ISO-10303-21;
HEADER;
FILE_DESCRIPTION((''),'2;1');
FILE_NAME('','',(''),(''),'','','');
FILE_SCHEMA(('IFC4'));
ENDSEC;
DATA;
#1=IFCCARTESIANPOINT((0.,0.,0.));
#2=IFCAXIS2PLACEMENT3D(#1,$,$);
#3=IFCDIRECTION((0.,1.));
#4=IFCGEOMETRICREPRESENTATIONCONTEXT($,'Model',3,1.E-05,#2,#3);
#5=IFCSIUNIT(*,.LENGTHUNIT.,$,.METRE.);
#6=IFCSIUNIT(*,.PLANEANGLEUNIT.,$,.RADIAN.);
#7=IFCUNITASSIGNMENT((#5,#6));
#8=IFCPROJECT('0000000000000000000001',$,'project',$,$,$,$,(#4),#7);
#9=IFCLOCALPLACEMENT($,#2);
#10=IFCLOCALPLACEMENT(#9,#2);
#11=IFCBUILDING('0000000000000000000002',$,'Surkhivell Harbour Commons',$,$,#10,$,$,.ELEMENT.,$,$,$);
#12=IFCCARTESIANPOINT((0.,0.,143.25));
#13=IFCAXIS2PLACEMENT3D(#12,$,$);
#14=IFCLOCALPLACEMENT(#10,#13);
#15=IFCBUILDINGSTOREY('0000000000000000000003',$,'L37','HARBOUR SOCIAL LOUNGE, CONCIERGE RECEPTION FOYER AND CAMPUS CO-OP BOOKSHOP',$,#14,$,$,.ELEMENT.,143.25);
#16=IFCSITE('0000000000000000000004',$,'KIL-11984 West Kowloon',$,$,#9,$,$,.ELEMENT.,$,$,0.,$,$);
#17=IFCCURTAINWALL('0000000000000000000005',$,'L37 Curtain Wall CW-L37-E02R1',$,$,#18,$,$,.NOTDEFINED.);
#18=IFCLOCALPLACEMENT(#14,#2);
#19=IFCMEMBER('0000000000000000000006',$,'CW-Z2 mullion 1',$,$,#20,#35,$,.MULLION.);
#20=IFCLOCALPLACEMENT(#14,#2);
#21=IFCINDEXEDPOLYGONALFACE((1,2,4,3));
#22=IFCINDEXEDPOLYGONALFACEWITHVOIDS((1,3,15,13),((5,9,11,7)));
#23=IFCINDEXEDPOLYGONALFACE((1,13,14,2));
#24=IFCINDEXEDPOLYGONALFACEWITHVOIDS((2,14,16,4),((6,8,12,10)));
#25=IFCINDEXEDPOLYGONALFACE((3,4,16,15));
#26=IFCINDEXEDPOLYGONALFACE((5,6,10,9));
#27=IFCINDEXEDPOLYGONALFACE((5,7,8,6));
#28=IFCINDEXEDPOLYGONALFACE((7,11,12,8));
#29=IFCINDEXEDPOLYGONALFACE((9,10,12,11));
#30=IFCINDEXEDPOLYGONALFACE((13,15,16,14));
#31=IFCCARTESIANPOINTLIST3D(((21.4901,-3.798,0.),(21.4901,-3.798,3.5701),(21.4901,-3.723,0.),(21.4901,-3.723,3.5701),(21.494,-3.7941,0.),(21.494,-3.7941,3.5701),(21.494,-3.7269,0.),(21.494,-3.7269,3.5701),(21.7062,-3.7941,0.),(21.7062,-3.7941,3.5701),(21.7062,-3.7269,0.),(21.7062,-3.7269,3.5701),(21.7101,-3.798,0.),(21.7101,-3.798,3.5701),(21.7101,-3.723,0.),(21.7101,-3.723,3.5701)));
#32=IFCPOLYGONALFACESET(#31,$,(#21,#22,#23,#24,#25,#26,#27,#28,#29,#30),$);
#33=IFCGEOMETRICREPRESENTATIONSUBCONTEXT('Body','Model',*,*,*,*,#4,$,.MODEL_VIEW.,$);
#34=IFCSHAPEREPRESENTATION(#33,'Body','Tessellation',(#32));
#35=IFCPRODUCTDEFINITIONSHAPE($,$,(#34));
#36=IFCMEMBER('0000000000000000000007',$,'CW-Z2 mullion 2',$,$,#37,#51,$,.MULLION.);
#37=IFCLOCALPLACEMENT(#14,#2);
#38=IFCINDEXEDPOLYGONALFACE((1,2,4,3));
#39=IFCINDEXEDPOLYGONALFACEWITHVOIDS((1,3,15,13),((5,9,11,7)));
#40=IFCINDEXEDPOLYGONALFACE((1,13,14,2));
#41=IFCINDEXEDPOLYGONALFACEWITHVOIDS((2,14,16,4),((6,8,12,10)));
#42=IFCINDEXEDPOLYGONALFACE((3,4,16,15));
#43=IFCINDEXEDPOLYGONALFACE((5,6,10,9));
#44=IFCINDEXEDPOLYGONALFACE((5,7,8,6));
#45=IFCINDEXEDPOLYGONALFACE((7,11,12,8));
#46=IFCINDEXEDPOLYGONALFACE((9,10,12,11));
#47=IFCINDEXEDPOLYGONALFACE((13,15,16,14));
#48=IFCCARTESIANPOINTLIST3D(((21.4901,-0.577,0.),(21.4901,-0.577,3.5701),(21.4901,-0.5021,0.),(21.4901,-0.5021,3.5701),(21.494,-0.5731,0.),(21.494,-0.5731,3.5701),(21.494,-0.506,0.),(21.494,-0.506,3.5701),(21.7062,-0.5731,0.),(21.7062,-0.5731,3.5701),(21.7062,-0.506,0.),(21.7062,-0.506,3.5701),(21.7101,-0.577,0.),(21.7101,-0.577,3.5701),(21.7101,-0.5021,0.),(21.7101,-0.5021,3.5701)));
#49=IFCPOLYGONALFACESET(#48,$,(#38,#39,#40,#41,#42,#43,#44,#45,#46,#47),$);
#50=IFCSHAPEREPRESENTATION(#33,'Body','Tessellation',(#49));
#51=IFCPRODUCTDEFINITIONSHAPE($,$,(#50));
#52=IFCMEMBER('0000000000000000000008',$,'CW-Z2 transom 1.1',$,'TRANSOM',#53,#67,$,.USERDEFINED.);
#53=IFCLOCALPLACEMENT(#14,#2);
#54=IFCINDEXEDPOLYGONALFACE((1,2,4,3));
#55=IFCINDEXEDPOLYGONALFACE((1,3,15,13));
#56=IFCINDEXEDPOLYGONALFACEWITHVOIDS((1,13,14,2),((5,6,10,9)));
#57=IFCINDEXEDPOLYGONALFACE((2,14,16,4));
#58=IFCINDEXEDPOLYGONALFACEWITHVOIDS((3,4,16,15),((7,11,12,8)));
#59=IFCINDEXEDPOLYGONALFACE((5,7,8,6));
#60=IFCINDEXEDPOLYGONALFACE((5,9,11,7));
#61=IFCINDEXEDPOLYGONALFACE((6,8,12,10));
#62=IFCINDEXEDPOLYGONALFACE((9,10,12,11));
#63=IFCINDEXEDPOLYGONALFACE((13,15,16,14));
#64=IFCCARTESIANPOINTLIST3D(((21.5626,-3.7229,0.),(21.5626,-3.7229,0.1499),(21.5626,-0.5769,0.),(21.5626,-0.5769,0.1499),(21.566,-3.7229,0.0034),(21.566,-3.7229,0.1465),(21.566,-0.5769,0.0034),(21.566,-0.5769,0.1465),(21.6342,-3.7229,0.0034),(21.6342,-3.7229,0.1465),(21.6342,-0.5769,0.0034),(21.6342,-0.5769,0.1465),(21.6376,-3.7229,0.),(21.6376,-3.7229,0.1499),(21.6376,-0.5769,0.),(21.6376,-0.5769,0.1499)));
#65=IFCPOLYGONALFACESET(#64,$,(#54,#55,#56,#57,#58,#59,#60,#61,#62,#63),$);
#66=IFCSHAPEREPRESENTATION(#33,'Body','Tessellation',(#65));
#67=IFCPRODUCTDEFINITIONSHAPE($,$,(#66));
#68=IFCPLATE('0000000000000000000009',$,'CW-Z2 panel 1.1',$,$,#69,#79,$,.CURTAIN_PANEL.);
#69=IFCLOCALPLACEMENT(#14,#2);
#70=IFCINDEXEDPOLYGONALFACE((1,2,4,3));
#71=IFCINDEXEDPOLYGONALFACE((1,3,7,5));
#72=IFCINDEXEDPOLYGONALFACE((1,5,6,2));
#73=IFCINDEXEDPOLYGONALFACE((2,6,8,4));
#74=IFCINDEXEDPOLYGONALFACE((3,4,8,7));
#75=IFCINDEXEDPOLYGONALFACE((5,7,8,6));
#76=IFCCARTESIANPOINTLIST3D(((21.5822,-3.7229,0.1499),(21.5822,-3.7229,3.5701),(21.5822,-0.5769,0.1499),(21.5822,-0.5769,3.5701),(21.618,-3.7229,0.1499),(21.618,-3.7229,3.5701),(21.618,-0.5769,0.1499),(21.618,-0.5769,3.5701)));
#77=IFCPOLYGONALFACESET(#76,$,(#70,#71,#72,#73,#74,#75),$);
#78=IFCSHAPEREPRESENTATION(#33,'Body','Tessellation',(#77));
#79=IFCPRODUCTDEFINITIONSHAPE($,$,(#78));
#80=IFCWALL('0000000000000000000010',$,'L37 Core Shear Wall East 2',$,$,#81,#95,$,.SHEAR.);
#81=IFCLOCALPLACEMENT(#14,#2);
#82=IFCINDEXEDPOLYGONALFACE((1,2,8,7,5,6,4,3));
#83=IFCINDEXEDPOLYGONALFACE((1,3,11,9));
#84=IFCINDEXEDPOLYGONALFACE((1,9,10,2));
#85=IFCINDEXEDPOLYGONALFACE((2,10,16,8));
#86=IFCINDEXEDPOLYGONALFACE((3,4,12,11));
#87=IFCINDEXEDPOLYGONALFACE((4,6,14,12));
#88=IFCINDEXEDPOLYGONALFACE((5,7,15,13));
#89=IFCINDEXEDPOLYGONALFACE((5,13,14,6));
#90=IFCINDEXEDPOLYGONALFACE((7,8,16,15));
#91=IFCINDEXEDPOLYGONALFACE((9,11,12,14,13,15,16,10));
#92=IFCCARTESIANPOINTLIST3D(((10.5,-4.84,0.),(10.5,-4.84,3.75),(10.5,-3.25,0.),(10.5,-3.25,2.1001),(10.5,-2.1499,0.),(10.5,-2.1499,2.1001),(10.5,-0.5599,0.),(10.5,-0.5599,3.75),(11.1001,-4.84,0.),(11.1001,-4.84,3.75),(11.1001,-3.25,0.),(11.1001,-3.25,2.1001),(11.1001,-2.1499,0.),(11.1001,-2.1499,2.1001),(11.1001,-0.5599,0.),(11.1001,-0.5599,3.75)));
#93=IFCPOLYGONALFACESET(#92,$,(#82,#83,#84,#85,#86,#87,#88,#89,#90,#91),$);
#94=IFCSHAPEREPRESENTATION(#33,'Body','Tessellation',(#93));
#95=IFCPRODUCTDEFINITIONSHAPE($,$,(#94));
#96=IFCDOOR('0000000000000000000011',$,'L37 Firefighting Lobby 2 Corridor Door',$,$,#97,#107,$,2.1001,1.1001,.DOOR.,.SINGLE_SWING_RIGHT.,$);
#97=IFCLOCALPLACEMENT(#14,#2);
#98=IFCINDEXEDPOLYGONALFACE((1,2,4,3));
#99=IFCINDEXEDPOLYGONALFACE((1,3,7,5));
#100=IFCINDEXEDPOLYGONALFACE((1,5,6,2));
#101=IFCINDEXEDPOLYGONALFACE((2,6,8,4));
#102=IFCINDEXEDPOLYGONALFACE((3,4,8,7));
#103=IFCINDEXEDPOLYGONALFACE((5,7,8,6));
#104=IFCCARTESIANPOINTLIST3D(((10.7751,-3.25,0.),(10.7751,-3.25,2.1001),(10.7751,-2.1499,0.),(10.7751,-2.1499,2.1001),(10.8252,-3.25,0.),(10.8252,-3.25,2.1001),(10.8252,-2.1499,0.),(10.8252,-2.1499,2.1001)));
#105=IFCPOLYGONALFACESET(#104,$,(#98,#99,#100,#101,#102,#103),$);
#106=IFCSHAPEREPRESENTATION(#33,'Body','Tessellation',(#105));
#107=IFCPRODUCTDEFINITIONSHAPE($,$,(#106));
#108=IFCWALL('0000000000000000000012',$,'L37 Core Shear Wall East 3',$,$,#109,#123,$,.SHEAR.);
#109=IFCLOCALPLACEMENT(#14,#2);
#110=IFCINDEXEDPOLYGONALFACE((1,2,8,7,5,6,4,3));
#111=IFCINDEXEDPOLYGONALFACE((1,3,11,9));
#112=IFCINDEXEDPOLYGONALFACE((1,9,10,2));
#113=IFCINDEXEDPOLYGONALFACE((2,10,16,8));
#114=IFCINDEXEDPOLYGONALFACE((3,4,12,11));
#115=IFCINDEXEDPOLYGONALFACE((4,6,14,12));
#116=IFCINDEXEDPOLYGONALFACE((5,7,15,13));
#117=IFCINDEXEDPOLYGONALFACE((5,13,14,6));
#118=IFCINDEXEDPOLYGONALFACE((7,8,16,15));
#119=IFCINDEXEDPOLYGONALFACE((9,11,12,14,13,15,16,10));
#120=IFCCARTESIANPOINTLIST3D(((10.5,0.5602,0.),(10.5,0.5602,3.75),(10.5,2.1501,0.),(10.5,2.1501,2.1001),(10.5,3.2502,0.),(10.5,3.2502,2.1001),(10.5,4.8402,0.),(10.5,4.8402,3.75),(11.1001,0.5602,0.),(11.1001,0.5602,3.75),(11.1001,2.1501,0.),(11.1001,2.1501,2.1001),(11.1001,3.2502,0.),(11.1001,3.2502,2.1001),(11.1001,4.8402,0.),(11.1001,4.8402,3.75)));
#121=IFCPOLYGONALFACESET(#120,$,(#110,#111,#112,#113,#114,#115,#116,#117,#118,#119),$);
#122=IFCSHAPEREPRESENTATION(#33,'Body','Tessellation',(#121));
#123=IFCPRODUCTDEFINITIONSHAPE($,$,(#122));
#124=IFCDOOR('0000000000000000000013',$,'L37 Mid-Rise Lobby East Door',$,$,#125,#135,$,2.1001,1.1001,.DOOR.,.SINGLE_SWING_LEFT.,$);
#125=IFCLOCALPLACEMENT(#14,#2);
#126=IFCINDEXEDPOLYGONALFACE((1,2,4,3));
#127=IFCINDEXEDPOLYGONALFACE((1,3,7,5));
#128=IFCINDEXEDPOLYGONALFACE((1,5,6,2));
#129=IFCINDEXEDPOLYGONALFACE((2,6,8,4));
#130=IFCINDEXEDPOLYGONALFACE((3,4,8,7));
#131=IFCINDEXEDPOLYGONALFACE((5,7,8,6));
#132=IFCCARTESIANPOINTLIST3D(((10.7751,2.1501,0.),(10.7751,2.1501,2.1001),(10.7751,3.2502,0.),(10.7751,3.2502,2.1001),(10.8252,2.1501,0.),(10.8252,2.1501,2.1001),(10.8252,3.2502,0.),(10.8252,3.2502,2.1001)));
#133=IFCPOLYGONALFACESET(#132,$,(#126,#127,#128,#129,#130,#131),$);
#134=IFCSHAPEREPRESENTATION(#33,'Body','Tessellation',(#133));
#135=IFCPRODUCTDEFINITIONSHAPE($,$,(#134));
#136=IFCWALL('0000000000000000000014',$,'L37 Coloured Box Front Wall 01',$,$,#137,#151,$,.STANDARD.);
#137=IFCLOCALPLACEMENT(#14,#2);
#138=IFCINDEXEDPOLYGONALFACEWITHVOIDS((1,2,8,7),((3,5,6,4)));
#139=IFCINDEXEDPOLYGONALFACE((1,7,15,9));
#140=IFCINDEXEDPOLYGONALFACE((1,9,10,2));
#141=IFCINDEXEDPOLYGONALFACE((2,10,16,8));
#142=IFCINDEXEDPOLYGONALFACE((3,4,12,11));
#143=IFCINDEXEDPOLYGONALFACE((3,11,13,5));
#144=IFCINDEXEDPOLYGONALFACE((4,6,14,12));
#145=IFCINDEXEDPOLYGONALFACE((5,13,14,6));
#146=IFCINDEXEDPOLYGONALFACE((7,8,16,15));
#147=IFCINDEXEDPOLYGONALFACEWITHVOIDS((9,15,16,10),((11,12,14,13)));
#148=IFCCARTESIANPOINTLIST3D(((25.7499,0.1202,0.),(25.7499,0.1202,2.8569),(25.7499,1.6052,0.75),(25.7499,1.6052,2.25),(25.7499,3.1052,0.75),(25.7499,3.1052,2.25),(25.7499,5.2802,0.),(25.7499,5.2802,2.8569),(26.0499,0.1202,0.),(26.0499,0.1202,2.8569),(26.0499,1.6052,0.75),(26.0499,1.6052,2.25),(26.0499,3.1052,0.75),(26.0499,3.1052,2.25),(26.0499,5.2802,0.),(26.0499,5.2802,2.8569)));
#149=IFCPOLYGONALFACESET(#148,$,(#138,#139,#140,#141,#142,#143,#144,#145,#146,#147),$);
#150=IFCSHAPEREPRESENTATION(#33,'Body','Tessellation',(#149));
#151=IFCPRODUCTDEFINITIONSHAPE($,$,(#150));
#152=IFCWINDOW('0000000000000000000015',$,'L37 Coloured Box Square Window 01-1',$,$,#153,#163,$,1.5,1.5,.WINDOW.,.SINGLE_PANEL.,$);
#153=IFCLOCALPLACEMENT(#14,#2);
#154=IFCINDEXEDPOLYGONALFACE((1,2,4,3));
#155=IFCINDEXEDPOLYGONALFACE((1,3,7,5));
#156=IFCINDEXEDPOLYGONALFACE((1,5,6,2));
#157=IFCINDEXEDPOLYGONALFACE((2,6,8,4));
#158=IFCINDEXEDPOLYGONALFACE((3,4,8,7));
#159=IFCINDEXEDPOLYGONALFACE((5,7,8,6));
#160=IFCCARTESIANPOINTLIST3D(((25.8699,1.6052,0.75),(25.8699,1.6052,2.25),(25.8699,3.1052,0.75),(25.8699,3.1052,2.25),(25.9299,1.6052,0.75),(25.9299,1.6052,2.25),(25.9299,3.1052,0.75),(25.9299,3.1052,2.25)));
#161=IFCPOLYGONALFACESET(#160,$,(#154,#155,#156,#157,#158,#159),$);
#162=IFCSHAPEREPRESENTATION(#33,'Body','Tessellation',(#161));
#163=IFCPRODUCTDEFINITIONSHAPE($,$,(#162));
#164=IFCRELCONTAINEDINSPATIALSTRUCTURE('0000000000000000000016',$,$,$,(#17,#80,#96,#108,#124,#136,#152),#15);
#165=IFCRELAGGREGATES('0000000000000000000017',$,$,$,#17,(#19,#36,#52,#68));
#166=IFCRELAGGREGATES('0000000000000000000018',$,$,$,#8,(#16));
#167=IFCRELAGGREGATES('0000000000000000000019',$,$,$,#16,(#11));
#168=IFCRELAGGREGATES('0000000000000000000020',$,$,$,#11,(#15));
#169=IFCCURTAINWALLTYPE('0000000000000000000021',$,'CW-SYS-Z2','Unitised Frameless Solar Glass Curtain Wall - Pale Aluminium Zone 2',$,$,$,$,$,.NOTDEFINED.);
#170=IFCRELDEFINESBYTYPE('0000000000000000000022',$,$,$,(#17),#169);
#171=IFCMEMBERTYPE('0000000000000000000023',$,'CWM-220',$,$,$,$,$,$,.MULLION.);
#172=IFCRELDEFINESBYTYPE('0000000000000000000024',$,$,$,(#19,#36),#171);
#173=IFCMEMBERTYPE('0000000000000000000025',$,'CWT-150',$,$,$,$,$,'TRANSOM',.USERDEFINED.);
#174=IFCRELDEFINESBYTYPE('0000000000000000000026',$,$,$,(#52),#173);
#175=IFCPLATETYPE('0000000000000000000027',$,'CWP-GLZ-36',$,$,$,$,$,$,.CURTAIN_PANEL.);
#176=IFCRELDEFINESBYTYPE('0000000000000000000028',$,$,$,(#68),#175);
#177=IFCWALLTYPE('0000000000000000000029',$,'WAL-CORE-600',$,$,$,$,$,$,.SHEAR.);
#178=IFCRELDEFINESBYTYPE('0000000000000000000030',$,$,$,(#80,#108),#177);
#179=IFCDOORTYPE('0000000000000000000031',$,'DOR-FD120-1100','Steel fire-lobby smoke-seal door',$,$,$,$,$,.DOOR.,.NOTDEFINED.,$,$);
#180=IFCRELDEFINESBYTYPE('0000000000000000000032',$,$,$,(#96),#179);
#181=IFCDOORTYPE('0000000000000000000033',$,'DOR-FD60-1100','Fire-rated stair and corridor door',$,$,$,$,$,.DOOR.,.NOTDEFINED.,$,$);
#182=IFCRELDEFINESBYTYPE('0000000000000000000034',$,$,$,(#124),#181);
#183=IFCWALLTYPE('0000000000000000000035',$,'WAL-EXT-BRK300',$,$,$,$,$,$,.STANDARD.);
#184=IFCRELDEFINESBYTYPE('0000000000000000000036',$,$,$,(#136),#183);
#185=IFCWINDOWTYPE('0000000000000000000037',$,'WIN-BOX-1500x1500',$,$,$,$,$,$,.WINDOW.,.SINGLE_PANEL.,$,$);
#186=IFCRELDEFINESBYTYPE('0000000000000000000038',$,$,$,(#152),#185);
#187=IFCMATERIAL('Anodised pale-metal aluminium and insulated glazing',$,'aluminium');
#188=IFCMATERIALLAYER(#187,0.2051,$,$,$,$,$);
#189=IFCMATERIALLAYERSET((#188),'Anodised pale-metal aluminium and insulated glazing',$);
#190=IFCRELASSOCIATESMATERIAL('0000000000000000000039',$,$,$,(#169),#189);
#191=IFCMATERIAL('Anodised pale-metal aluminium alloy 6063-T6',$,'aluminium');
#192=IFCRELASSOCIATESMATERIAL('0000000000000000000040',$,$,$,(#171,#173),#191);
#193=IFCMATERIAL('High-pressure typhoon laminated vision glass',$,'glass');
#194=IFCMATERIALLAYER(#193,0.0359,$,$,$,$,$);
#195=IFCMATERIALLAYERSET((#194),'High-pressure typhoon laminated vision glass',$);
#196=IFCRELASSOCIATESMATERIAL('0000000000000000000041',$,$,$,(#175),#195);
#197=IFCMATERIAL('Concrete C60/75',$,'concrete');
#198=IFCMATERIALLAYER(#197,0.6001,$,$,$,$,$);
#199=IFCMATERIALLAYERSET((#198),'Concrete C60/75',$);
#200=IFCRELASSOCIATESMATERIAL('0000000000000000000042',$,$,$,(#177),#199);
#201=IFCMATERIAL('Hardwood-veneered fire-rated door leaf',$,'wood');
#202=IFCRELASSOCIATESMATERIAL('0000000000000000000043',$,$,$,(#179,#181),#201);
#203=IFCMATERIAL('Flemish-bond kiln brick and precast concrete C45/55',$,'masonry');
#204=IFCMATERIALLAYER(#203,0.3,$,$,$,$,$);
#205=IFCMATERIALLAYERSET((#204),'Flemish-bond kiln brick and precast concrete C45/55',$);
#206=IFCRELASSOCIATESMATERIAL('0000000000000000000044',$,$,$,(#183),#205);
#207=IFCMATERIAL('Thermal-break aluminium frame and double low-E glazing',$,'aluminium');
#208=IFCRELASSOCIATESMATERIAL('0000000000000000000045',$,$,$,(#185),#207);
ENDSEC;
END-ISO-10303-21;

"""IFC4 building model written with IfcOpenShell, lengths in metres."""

from ifc_helpers import new_model, si_unit, direction, frame, frame_2d, origin, origin_2d, place, context, subcontext, project, spatial, rectangle, hollow_rectangle, extrude, material, layer, layer_set, material_profile, profile_set, type_object, element, fill, aggregate, save


model = new_model("IFC4")

# Units and contexts
model_context = context("Model", 3, precision=1e-05, world=origin(), true_north=direction((0.0, 1.0)))
body_context = subcontext(model_context, "Body", "Model", "MODEL_VIEW")
ifc_project = project(units=[si_unit("LENGTHUNIT", "METRE"), si_unit("PLANEANGLEUNIT", "RADIAN")], contexts=[model_context])

# Site, building, storey
site_placement = place(None, origin())
site = spatial("IfcSite", under=ifc_project, at=site_placement, Name="KIL-11984 West Kowloon", CompositionType="ELEMENT", RefElevation=0.0)
building_placement = place(site_placement, origin())
building = spatial("IfcBuilding", under=site, at=building_placement, Name="Surkhivell Harbour Commons", CompositionType="ELEMENT")
storey_placement = place(building_placement, frame((0.0, 0.0, 143.25)))
storey = spatial("IfcBuildingStorey", under=building, at=storey_placement, Name="L37", Description="HARBOUR SOCIAL LOUNGE, CONCIERGE RECEPTION FOYER AND CAMPUS CO-OP BOOKSHOP", CompositionType="ELEMENT", Elevation=143.25)

# Shared definitions
ifc_material_1 = material(Name="Concrete C60/75", Category="concrete")

# Shared definitions
ifc_material_2 = material(Name="Anodised pale-metal aluminium and insulated glazing", Category="aluminium")
ifc_layer_1 = layer(ifc_material_2, 0.2051)
ifc_layer_set_1 = layer_set([ifc_layer_1], Name="Anodised pale-metal aluminium and insulated glazing")
curtain_wall_type = type_object("IfcCurtainWallType", Name="CW-SYS-Z2", Description="Unitised Frameless Solar Glass Curtain Wall - Pale Aluminium Zone 2", PredefinedType="NOTDEFINED", material=ifc_layer_set_1)
ifc_material_3 = material(Name="Anodised pale-metal aluminium alloy 6063-T6", Category="aluminium")
ifc_material_profile_1 = material_profile(ifc_material_3, hollow_rectangle(XDim=0.075, YDim=0.22, WallThickness=0.0039, at=origin_2d()), Name="ALU-MULL-75x220")
ifc_profile_set_1 = profile_set([ifc_material_profile_1], Name="Anodised pale-metal aluminium alloy 6063-T6")
member_type_1 = type_object("IfcMemberType", Name="CWM-220", PredefinedType="MULLION", material=ifc_profile_set_1)

# Curtain wall, members, plate
curtain_wall_1_placement = place(storey_placement, origin())
curtain_wall_1 = element("IfcCurtainWall", 1, at=curtain_wall_1_placement, inside=storey, type_object=curtain_wall_type, Name="L37 Curtain Wall CW-L37-E02R1", PredefinedType="NOTDEFINED")
member_1_placement = place(storey_placement, frame((21.6001, -3.7605, 0.0), z_axis=(0.0, 0.0, 1.0), x_axis=(0.0, 1.0, 0.0)))
member_1 = element("IfcMember", 2, at=member_1_placement, type_object=member_type_1, Name="CW-Z2 mullion 1", PredefinedType="MULLION", context=body_context, shape_type="SweptSolid", body=[
    extrude(hollow_rectangle(XDim=0.075, YDim=0.22, WallThickness=0.0039, at=origin_2d()), origin(), (0.0, 0.0, 1.0), 3.5701),
])
member_2_placement = place(storey_placement, frame((21.6001, -0.5396, 0.0), z_axis=(0.0, 0.0, 1.0), x_axis=(0.0, 1.0, 0.0)))
member_2 = element("IfcMember", 3, at=member_2_placement, type_object=member_type_1, Name="CW-Z2 mullion 2", PredefinedType="MULLION", context=body_context, shape_type="SweptSolid", body=[
    extrude(hollow_rectangle(XDim=0.075, YDim=0.22, WallThickness=0.0039, at=origin_2d()), origin(), (0.0, 0.0, 1.0), 3.5701),
])
ifc_material_profile_2 = material_profile(ifc_material_3, hollow_rectangle(XDim=0.075, YDim=0.1499, WallThickness=0.0034, at=origin_2d()), Name="ALU-TRAN-75x150")
ifc_profile_set_2 = profile_set([ifc_material_profile_2], Name="Anodised pale-metal aluminium alloy 6063-T6")
member_type_2 = type_object("IfcMemberType", Name="CWT-150", ElementType="TRANSOM", PredefinedType="USERDEFINED", material=ifc_profile_set_2)
member_3_placement = place(storey_placement, frame((21.6001, -3.7229, 0.075), z_axis=(0.0, 1.0, 0.0), x_axis=(-1.0, 0.0, 0.0)))
member_3 = element("IfcMember", 4, at=member_3_placement, type_object=member_type_2, Name="CW-Z2 transom 1.1", ObjectType="TRANSOM", PredefinedType="USERDEFINED", context=body_context, shape_type="SweptSolid", body=[
    extrude(hollow_rectangle(XDim=0.075, YDim=0.1499, WallThickness=0.0034, at=origin_2d()), origin(), (0.0, 0.0, 1.0), 3.146),
])
ifc_material_4 = material(Name="High-pressure typhoon laminated vision glass", Category="glass")
ifc_layer_2 = layer(ifc_material_4, 0.0359)
ifc_layer_set_2 = layer_set([ifc_layer_2], Name="High-pressure typhoon laminated vision glass")
plate_type = type_object("IfcPlateType", Name="CWP-GLZ-36", PredefinedType="CURTAIN_PANEL", material=ifc_layer_set_2)
plate_placement = place(storey_placement, frame((21.6001, -3.7229, 0.1499), z_axis=(0.0, 0.0, 1.0), x_axis=(0.0, 1.0, 0.0)))
plate = element("IfcPlate", 5, at=plate_placement, type_object=plate_type, Name="CW-Z2 panel 1.1", PredefinedType="CURTAIN_PANEL", context=body_context, shape_type="SweptSolid", body=[
    extrude(rectangle(XDim=3.146, YDim=0.0359, at=frame_2d((1.573, 0.0))), origin(), (0.0, 0.0, 1.0), 3.4202),
])
aggregate(curtain_wall_1, [member_1, member_2, member_3, plate])

# Walls, openings, doors
ifc_layer_3 = layer(ifc_material_1, 0.6001)
ifc_layer_set_3 = layer_set([ifc_layer_3], Name="Concrete C60/75")
wall_type_1 = type_object("IfcWallType", Name="WAL-CORE-600", PredefinedType="SHEAR", material=ifc_layer_set_3)
wall_1_placement = place(storey_placement, frame((10.8, -4.8401, 0.0), z_axis=(0.0, 0.0, 1.0), x_axis=(0.0, 1.0, 0.0)))
wall_1 = element("IfcWall", 6, at=wall_1_placement, inside=storey, type_object=wall_type_1, Name="L37 Core Shear Wall East 2", PredefinedType="SHEAR", context=body_context, shape_type="SweptSolid", body=[
    extrude(rectangle(XDim=4.28, YDim=0.6001, at=frame_2d((2.1401, 0.0))), origin(), (0.0, 0.0, 1.0), 3.75),
])
opening_1_placement = place(wall_1_placement, frame((1.5901, 0.0, 0.0)))
opening_1 = element("IfcOpeningElement", 7, at=opening_1_placement, cuts=wall_1, PredefinedType="OPENING", context=body_context, shape_type="SweptSolid", body=[
    extrude(rectangle(XDim=1.1001, YDim=2.1001, at=frame_2d((0.55, 1.05))), frame((0.0, 0.3101, 0.0), z_axis=(0.0, -1.0, 0.0), x_axis=(1.0, 0.0, 0.0)), (0.0, 0.0, 1.0), 0.6201),
])
ifc_material_5 = material(Name="Hardwood-veneered fire-rated door leaf", Category="wood")
door_type_1 = type_object("IfcDoorType", Name="DOR-FD120-1100", Description="Steel fire-lobby smoke-seal door", OperationType="NOTDEFINED", PredefinedType="DOOR", material=ifc_material_5)
door_1_placement = place(opening_1_placement, origin())
door_1 = element("IfcDoor", 8, at=door_1_placement, inside=storey, type_object=door_type_1, Name="L37 Firefighting Lobby 2 Corridor Door", OperationType="SINGLE_SWING_RIGHT", OverallHeight=2.1001, OverallWidth=1.1001, PredefinedType="DOOR", context=body_context, shape_type="SweptSolid", body=[
    extrude(rectangle(XDim=1.1001, YDim=2.1001, at=frame_2d((0.55, 1.05))), frame((0.0, 0.0249, 0.0), z_axis=(0.0, -1.0, 0.0), x_axis=(1.0, 0.0, 0.0)), (0.0, 0.0, 1.0), 0.05),
])
fill(opening_1, door_1)
wall_2_placement = place(storey_placement, frame((10.8, 0.5601, 0.0), z_axis=(0.0, 0.0, 1.0), x_axis=(0.0, 1.0, 0.0)))
wall_2 = element("IfcWall", 9, at=wall_2_placement, inside=storey, type_object=wall_type_1, Name="L37 Core Shear Wall East 3", PredefinedType="SHEAR", context=body_context, shape_type="SweptSolid", body=[
    extrude(rectangle(XDim=4.28, YDim=0.6001, at=frame_2d((2.1401, 0.0))), origin(), (0.0, 0.0, 1.0), 3.75),
])
opening_2_placement = place(wall_2_placement, frame((1.5901, 0.0, 0.0)))
opening_2 = element("IfcOpeningElement", 10, at=opening_2_placement, cuts=wall_2, PredefinedType="OPENING", context=body_context, shape_type="SweptSolid", body=[
    extrude(rectangle(XDim=1.1001, YDim=2.1001, at=frame_2d((0.55, 1.05))), frame((0.0, 0.3101, 0.0), z_axis=(0.0, -1.0, 0.0), x_axis=(1.0, 0.0, 0.0)), (0.0, 0.0, 1.0), 0.6201),
])
door_type_2 = type_object("IfcDoorType", Name="DOR-FD60-1100", Description="Fire-rated stair and corridor door", OperationType="NOTDEFINED", PredefinedType="DOOR", material=ifc_material_5)
door_2_placement = place(opening_2_placement, origin())
door_2 = element("IfcDoor", 11, at=door_2_placement, inside=storey, type_object=door_type_2, Name="L37 Mid-Rise Lobby East Door", OperationType="SINGLE_SWING_LEFT", OverallHeight=2.1001, OverallWidth=1.1001, PredefinedType="DOOR", context=body_context, shape_type="SweptSolid", body=[
    extrude(rectangle(XDim=1.1001, YDim=2.1001, at=frame_2d((0.55, 1.05))), frame((0.0, 0.0249, 0.0), z_axis=(0.0, -1.0, 0.0), x_axis=(1.0, 0.0, 0.0)), (0.0, 0.0, 1.0), 0.05),
])
fill(opening_2, door_2)

# Wall, opening, window
ifc_material_6 = material(Name="Flemish-bond kiln brick and precast concrete C45/55", Category="masonry")
ifc_layer_4 = layer(ifc_material_6, 0.3)
ifc_layer_set_4 = layer_set([ifc_layer_4], Name="Flemish-bond kiln brick and precast concrete C45/55")
wall_type_2 = type_object("IfcWallType", Name="WAL-EXT-BRK300", PredefinedType="STANDARD", material=ifc_layer_set_4)
wall_3_placement = place(storey_placement, frame((25.8999, 0.1201, 0.0), z_axis=(0.0, 0.0, 1.0), x_axis=(0.0, 1.0, 0.0)))
wall_3 = element("IfcWall", 12, at=wall_3_placement, inside=storey, type_object=wall_type_2, Name="L37 Coloured Box Front Wall 01", PredefinedType="STANDARD", context=body_context, shape_type="SweptSolid", body=[
    extrude(rectangle(XDim=5.1599, YDim=0.3, at=frame_2d((2.5801, 0.0))), origin(), (0.0, 0.0, 1.0), 2.8569),
])
opening_3_placement = place(wall_3_placement, frame((1.4851, 0.0, 0.75)))
opening_3 = element("IfcOpeningElement", 13, at=opening_3_placement, cuts=wall_3, PredefinedType="OPENING", context=body_context, shape_type="SweptSolid", body=[
    extrude(rectangle(XDim=1.5, YDim=1.5, at=frame_2d((0.75, 0.75))), frame((0.0, 0.1599, 0.0), z_axis=(0.0, -1.0, 0.0), x_axis=(1.0, 0.0, 0.0)), (0.0, 0.0, 1.0), 0.3201),
])
ifc_material_7 = material(Name="Thermal-break aluminium frame and double low-E glazing", Category="aluminium")
window_type_1 = type_object("IfcWindowType", Name="WIN-BOX-1500x1500", PartitioningType="SINGLE_PANEL", PredefinedType="WINDOW", material=ifc_material_7)
window_1_placement = place(opening_3_placement, origin())
window_1 = element("IfcWindow", 14, at=window_1_placement, inside=storey, type_object=window_type_1, Name="L37 Coloured Box Square Window 01-1", OverallHeight=1.5, OverallWidth=1.5, PartitioningType="SINGLE_PANEL", PredefinedType="WINDOW", context=body_context, shape_type="SweptSolid", body=[
    extrude(rectangle(XDim=1.5, YDim=1.5, at=frame_2d((0.75, 0.75))), frame((0.0, 0.03, 0.0), z_axis=(0.0, -1.0, 0.0), x_axis=(1.0, 0.0, 0.0)), (0.0, 0.0, 1.0), 0.0601),
])
fill(opening_3, window_1)

save(model, "model.ifc")
